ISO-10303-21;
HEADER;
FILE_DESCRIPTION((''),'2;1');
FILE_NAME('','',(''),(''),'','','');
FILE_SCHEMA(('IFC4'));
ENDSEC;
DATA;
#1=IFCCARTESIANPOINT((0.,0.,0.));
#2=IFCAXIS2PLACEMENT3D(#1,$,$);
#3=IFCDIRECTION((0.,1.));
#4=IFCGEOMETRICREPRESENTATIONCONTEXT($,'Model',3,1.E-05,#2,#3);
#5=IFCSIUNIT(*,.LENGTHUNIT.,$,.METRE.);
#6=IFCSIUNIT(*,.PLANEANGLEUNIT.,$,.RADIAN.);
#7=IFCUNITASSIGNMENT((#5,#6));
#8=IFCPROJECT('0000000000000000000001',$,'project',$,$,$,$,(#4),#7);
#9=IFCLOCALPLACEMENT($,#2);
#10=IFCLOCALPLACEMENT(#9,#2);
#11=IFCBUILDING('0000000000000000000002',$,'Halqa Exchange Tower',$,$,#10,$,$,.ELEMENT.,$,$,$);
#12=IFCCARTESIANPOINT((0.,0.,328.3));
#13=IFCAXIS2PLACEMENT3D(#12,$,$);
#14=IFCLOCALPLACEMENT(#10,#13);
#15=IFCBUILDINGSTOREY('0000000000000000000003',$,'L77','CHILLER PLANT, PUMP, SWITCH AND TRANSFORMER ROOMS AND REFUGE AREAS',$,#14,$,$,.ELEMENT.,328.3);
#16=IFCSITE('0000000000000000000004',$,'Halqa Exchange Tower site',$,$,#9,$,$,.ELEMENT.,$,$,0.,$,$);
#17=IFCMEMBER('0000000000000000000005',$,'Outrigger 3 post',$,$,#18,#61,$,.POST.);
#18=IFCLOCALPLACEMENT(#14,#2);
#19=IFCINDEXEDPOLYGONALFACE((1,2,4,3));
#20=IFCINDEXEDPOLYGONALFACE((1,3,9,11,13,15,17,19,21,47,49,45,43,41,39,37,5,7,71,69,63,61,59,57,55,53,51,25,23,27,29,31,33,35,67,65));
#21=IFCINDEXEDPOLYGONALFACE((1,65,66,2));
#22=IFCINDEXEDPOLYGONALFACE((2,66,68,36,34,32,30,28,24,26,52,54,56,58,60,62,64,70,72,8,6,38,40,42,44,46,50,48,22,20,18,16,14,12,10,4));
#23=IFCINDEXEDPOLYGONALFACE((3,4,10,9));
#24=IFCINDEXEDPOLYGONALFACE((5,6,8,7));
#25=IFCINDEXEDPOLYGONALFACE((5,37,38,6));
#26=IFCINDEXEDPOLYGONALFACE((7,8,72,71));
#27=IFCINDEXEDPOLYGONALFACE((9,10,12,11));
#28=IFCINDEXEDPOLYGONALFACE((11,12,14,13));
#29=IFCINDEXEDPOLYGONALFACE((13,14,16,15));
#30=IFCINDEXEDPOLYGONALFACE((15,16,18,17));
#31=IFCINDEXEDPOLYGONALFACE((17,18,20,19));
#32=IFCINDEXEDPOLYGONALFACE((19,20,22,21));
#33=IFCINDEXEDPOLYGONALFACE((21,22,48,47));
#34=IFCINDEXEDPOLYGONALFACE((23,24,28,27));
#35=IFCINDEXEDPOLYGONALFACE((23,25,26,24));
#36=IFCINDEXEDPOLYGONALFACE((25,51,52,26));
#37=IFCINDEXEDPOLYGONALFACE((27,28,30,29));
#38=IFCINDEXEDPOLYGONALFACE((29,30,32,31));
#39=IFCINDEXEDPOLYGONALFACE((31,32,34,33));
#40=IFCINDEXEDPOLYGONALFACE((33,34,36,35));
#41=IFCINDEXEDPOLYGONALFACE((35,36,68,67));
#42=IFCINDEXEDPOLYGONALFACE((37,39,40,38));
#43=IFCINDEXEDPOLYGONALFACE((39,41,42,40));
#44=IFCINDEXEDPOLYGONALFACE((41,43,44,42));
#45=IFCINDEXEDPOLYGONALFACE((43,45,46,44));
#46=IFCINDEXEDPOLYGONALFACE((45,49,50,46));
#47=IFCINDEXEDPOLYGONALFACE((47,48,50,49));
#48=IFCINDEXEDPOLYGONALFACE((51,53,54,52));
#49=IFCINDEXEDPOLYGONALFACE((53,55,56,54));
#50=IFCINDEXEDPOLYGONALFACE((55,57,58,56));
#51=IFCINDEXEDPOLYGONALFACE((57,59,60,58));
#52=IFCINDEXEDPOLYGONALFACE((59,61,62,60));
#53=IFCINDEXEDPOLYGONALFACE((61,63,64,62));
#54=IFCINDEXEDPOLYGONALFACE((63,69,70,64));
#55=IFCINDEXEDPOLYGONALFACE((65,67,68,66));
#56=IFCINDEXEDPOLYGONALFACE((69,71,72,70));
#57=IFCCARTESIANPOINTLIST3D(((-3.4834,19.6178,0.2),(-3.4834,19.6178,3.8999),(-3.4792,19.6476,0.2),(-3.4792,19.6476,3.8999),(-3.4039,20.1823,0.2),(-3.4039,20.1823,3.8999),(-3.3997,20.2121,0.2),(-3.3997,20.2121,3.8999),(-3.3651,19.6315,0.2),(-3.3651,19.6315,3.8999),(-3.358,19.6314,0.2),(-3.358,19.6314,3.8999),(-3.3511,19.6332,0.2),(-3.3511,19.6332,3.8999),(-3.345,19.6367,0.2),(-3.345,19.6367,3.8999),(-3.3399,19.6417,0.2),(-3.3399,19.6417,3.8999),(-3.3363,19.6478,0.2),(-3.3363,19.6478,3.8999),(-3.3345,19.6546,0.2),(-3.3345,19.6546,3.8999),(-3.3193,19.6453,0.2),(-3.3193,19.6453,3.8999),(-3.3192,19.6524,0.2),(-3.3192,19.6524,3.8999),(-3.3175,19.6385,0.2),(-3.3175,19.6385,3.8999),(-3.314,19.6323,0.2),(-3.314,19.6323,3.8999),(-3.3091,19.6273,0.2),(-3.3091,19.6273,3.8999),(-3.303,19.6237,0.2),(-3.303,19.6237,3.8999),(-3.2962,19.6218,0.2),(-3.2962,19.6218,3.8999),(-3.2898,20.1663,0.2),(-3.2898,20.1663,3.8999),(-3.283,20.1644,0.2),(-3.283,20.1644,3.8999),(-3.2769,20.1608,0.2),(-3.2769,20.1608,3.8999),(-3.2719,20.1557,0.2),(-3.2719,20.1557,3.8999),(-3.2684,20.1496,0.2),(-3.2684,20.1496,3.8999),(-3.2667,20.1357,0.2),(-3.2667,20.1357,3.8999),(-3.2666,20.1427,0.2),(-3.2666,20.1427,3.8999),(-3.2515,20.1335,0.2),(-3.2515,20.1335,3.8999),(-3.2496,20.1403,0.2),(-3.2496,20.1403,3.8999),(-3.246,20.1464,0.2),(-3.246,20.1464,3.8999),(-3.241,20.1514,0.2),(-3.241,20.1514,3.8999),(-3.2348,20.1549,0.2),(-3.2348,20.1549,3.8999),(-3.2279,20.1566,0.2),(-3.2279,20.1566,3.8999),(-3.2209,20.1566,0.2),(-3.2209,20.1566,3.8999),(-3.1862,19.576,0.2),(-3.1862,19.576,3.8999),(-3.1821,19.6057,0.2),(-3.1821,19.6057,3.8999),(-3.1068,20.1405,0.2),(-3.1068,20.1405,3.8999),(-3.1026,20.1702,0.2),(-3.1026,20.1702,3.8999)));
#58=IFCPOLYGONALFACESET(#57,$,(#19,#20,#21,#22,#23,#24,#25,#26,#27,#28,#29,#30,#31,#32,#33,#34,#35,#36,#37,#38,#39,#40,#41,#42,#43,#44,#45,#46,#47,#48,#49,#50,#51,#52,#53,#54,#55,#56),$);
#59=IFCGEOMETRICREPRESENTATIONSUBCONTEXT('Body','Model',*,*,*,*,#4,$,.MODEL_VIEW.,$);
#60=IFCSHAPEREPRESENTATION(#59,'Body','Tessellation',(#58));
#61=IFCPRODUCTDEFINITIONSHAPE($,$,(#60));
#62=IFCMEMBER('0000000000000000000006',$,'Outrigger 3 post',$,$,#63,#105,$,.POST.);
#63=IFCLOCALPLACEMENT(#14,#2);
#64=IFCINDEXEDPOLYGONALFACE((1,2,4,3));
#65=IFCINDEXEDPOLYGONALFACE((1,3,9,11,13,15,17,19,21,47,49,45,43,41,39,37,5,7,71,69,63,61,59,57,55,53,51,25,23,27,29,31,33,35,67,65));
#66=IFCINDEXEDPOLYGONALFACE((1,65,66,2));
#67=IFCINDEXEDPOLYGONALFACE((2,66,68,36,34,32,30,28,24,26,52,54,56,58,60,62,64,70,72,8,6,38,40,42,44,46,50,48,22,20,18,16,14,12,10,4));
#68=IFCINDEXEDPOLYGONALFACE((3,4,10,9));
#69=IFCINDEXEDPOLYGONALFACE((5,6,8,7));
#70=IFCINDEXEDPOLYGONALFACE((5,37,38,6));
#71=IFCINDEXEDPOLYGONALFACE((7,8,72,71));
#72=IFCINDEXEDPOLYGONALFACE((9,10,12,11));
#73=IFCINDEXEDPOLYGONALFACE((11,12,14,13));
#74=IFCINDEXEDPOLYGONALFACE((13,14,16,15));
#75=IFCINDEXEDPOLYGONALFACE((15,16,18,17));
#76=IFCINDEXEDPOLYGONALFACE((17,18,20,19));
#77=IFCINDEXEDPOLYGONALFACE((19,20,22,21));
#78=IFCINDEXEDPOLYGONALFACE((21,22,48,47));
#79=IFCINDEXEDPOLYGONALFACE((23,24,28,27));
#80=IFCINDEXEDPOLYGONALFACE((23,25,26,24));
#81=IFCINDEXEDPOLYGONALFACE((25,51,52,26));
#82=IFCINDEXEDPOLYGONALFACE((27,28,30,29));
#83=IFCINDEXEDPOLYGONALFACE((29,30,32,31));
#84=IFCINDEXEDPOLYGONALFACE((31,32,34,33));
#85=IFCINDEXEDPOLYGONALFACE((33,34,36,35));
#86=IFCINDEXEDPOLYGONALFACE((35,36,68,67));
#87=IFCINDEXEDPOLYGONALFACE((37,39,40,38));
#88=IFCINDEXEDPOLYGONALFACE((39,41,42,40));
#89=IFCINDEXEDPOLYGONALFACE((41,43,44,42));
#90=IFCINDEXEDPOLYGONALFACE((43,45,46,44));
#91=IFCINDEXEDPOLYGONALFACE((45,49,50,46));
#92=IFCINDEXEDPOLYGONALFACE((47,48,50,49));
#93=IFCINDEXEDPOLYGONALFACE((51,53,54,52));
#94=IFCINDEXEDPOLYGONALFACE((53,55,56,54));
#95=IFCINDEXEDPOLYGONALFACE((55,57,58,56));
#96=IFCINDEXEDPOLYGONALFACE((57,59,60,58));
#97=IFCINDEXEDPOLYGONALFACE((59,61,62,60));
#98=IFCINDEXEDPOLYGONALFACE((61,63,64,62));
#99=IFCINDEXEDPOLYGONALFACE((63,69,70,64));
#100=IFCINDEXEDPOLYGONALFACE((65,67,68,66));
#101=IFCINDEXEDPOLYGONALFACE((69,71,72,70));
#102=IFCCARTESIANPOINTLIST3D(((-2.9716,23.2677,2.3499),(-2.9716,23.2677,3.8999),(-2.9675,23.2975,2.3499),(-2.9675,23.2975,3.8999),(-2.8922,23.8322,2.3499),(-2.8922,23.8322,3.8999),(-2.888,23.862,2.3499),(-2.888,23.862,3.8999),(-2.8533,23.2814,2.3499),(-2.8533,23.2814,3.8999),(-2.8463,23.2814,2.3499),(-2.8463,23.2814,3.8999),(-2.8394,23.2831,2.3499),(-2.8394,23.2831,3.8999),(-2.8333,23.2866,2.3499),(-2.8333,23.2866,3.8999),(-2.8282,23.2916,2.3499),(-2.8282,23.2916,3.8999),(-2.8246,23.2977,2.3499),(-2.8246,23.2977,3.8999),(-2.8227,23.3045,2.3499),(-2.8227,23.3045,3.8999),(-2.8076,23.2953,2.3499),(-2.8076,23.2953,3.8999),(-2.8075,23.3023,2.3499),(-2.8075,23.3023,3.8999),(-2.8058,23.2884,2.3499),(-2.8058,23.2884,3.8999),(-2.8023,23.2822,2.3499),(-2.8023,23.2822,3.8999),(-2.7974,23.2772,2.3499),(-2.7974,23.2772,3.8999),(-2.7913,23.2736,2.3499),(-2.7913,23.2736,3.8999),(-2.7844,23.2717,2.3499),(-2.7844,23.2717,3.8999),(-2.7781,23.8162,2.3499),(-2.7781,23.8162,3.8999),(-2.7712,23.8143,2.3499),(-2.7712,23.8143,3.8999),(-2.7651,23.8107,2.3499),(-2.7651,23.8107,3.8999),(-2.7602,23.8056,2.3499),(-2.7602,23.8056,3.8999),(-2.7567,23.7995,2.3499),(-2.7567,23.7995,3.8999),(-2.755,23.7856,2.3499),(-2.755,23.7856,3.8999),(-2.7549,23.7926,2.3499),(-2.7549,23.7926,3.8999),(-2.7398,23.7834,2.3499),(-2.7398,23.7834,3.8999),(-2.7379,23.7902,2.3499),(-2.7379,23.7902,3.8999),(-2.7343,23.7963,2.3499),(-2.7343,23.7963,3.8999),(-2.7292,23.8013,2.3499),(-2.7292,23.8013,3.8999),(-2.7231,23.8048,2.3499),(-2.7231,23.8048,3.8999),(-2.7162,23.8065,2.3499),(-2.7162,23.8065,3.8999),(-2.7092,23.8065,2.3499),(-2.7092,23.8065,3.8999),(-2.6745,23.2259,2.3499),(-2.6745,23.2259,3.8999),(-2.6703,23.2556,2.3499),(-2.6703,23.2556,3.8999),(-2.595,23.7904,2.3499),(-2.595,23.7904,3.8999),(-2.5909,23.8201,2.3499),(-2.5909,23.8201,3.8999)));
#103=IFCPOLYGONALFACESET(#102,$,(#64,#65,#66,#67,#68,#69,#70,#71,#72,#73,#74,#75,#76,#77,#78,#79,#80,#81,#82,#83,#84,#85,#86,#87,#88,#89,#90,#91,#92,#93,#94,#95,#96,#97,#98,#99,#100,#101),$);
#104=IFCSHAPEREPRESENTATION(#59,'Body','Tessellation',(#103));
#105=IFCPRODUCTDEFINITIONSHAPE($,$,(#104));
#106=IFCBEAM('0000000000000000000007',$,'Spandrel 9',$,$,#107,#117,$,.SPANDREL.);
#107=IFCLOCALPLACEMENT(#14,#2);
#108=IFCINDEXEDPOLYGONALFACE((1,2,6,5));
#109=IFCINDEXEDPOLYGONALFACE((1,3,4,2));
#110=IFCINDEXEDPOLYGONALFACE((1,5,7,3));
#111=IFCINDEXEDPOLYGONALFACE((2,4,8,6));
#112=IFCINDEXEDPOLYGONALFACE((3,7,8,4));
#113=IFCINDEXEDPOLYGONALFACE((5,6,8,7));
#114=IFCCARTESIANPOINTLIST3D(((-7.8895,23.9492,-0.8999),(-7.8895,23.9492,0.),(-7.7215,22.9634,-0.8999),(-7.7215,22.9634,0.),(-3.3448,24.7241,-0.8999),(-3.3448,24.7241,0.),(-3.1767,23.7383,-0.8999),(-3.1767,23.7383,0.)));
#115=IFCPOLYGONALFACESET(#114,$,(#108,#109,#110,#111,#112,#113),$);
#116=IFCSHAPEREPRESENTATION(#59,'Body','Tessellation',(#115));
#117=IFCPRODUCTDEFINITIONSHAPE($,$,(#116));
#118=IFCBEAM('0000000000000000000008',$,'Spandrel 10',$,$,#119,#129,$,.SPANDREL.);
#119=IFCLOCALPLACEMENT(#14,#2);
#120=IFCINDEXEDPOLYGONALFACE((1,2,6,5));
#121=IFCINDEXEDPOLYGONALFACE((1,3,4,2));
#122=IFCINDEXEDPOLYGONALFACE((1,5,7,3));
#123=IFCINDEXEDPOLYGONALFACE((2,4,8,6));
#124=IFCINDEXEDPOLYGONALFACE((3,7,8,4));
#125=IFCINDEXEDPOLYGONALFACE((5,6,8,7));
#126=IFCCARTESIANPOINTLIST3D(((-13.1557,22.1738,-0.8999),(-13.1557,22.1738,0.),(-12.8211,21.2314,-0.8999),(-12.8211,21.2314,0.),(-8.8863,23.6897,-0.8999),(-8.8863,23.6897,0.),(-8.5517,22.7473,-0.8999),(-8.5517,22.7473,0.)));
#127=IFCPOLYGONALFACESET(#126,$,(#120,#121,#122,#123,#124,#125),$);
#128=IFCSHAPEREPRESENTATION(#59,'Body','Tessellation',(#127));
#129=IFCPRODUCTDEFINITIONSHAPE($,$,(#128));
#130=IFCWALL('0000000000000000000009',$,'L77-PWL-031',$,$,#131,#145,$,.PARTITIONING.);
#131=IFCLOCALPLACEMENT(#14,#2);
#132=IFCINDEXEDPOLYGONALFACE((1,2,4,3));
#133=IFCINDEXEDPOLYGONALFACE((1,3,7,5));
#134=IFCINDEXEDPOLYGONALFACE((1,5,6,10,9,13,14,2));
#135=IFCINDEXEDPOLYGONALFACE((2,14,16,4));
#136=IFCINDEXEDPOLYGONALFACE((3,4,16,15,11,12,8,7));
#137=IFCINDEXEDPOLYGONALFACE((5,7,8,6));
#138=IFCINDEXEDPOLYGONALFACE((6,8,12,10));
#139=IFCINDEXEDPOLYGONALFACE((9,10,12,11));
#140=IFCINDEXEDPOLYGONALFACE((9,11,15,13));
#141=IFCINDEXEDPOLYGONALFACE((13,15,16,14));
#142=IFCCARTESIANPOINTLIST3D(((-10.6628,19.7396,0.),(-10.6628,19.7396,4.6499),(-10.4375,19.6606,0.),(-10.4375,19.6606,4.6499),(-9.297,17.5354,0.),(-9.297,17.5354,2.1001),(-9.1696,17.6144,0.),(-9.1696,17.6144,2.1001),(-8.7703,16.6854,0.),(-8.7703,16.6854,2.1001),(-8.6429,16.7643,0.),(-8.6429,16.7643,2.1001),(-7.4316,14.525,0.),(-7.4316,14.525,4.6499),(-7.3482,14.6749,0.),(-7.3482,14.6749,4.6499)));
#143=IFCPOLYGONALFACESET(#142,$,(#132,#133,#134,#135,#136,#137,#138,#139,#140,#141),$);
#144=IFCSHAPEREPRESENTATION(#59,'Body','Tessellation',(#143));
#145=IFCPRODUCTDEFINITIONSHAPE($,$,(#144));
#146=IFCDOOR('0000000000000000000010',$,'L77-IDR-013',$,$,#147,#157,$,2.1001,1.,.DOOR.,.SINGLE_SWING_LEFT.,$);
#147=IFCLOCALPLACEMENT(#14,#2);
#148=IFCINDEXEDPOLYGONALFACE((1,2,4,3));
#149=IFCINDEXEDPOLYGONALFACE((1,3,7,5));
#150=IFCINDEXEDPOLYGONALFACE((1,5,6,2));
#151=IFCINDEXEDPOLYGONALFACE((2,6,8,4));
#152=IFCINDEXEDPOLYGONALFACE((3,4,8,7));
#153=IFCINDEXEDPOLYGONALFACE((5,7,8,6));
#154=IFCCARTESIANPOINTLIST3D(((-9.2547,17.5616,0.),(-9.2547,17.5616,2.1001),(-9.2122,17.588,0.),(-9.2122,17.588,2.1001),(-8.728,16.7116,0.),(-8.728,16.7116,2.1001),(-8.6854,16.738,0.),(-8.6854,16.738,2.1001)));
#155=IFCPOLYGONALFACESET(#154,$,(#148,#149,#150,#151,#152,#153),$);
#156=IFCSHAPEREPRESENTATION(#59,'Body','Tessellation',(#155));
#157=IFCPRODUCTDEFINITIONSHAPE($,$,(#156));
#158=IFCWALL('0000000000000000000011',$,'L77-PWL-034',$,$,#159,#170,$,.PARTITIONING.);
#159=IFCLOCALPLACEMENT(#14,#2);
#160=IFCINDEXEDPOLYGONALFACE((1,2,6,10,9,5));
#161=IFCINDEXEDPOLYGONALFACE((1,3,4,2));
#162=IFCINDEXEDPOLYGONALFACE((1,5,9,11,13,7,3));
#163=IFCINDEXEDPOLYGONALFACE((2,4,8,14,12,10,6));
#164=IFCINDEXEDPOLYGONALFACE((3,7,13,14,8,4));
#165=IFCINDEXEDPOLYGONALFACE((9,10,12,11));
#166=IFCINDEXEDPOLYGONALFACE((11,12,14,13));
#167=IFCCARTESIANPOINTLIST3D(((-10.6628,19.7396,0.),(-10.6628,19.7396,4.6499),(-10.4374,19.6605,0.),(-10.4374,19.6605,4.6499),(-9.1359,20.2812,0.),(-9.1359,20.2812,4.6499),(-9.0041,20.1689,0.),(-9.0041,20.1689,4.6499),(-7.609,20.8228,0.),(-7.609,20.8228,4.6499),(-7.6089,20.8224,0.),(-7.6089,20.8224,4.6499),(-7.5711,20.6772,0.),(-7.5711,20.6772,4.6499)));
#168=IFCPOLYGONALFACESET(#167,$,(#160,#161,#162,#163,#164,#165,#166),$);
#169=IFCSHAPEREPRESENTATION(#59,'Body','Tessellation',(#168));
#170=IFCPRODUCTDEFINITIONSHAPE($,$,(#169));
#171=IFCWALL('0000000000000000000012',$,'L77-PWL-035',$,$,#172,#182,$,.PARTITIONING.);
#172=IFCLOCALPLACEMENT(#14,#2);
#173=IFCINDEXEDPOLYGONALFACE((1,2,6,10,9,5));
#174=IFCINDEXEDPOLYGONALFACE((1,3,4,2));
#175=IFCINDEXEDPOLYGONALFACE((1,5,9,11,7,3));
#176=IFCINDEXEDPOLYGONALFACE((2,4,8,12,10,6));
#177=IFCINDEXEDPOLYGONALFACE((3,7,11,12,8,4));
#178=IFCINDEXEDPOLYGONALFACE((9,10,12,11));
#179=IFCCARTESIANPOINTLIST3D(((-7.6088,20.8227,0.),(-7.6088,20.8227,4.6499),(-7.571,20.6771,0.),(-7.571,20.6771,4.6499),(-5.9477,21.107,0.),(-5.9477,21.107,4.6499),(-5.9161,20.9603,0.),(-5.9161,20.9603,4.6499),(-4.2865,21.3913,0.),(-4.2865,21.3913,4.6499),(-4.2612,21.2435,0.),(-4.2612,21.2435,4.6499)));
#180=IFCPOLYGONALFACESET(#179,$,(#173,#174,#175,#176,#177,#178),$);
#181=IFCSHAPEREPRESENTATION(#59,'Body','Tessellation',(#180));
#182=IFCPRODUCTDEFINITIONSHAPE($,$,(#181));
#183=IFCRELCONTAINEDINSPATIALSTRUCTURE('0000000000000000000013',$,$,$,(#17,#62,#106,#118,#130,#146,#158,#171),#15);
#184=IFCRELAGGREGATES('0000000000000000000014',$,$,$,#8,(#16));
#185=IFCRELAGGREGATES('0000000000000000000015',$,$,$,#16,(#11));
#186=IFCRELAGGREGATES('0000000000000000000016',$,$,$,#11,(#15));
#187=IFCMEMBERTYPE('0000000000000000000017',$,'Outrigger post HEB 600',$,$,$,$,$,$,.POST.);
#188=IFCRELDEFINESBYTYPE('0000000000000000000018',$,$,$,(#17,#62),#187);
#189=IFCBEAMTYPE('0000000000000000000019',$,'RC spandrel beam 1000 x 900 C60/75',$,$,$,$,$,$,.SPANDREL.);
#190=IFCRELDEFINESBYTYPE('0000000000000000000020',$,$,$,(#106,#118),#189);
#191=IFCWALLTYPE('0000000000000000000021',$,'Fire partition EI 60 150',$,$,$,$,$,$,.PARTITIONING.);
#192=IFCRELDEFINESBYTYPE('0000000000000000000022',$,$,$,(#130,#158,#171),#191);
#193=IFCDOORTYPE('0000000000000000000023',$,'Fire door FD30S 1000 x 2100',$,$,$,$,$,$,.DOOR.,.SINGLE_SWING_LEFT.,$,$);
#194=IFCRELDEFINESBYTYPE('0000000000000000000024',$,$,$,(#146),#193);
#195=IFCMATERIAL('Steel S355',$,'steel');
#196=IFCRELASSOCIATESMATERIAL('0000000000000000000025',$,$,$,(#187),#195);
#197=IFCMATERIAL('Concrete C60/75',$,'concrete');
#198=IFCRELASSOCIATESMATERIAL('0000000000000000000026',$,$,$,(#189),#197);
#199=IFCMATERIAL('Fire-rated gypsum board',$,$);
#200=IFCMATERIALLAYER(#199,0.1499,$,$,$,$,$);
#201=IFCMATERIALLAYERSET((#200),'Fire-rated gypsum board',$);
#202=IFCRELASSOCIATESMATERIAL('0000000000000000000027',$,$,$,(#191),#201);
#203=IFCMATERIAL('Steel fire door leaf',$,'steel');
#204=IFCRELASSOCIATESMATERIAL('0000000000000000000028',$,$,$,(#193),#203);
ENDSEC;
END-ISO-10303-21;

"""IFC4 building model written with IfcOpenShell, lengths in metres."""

from ifc_helpers import new_model, si_unit, direction, frame, frame_2d, origin, origin_2d, place, context, subcontext, project, spatial, polyline, rectangle, i_section, outline, extrude, material, layer, layer_set, material_profile, profile_set, type_object, element, fill, save


model = new_model("IFC4")

# Units and contexts
model_context = context("Model", 3, precision=1e-05, world=origin(), true_north=direction((0.0, 1.0)))
body_context = subcontext(model_context, "Body", "Model", "MODEL_VIEW")
ifc_project = project(units=[si_unit("LENGTHUNIT", "METRE"), si_unit("PLANEANGLEUNIT", "RADIAN")], contexts=[model_context])

# Site, building, storey
site_placement = place(None, origin())
site = spatial("IfcSite", under=ifc_project, at=site_placement, Name="Halqa Exchange Tower site", CompositionType="ELEMENT", RefElevation=0.0)
building_placement = place(site_placement, origin())
building = spatial("IfcBuilding", under=site, at=building_placement, Name="Halqa Exchange Tower", CompositionType="ELEMENT")
storey_placement = place(building_placement, frame((0.0, 0.0, 328.3)))
storey = spatial("IfcBuildingStorey", under=building, at=storey_placement, Name="L77", Description="CHILLER PLANT, PUMP, SWITCH AND TRANSFORMER ROOMS AND REFUGE AREAS", CompositionType="ELEMENT", Elevation=328.3)

# Shared definitions
ifc_material_1 = material(Name="Steel S355", Category="steel")

# Members
ifc_material_profile_1 = material_profile(ifc_material_1, i_section(OverallWidth=0.3, OverallDepth=0.6001, WebThickness=0.0154, FlangeThickness=0.03, FilletRadius=0.0271, at=origin_2d()), Name="HEB 600")
ifc_profile_set_1 = profile_set([ifc_material_profile_1], Name="Steel S355")
member_type_1 = type_object("IfcMemberType", Name="Outrigger post HEB 600", PredefinedType="POST", material=ifc_profile_set_1)
member_1_placement = place(storey_placement, frame((-3.293, 19.894, 0.2), z_axis=(0.0, 0.0, 1.0), x_axis=(-0.990232, 0.139432, 0.0)))
element("IfcMember", 1, at=member_1_placement, inside=storey, type_object=member_type_1, Name="Outrigger 3 post", PredefinedType="POST", context=body_context, shape_type="SweptSolid", body=[
    extrude(i_section(OverallWidth=0.3, OverallDepth=0.6001, WebThickness=0.0154, FlangeThickness=0.03, FilletRadius=0.0271, at=origin_2d()), origin(), (0.0, 0.0, 1.0), 3.7),
])
member_2_placement = place(storey_placement, frame((-2.7812, 23.5439, 2.3499), z_axis=(0.0, 0.0, 1.0), x_axis=(-0.990232, 0.139432, 0.0)))
element("IfcMember", 2, at=member_2_placement, inside=storey, type_object=member_type_1, Name="Outrigger 3 post", PredefinedType="POST", context=body_context, shape_type="SweptSolid", body=[
    extrude(i_section(OverallWidth=0.3, OverallDepth=0.6001, WebThickness=0.0154, FlangeThickness=0.03, FilletRadius=0.0271, at=origin_2d()), origin(), (0.0, 0.0, 1.0), 1.55),
])

# Beams
ifc_material_2 = material(Name="Concrete C60/75", Category="concrete")
ifc_material_profile_2 = material_profile(ifc_material_2, rectangle(XDim=1.0, YDim=0.8999, at=origin_2d()), Name="1000 x 900")
ifc_profile_set_2 = profile_set([ifc_material_profile_2], Name="Concrete C60/75")
beam_type_1 = type_object("IfcBeamType", Name="RC spandrel beam 1000 x 900 C60/75", PredefinedType="SPANDREL", material=ifc_profile_set_2)
beam_1_placement = place(storey_placement, frame((-3.2607, 24.2312, -0.45), z_axis=(-0.985773, -0.168082, 0.0), x_axis=(0.168082, -0.985773, 0.0)))
element("IfcBeam", 3, at=beam_1_placement, inside=storey, type_object=beam_type_1, Name="Spandrel 9", PredefinedType="SPANDREL", context=body_context, shape_type="SweptSolid", body=[
    extrude(rectangle(XDim=1.0, YDim=0.8999, at=origin_2d()), origin(), (0.0, 0.0, 1.0), 4.6104),
])
beam_2_placement = place(storey_placement, frame((-8.719, 23.2185, -0.45), z_axis=(-0.942361, -0.334598, 0.0), x_axis=(0.334598, -0.942361, 0.0)))
element("IfcBeam", 4, at=beam_2_placement, inside=storey, type_object=beam_type_1, Name="Spandrel 10", PredefinedType="SPANDREL", context=body_context, shape_type="SweptSolid", body=[
    extrude(rectangle(XDim=1.0, YDim=0.8999, at=origin_2d()), origin(), (0.0, 0.0, 1.0), 4.5305),
])

# Wall, opening, door
ifc_material_3 = material(Name="Fire-rated gypsum board")
ifc_layer_1 = layer(ifc_material_3, 0.1499)
ifc_layer_set_1 = layer_set([ifc_layer_1], Name="Fire-rated gypsum board")
wall_type_1 = type_object("IfcWallType", Name="Fire partition EI 60 150", PredefinedType="PARTITIONING", material=ifc_layer_set_1)
wall_1_placement = place(storey_placement, frame((-10.5991, 19.7791, 0.0), z_axis=(0.0, 0.0, 1.0), x_axis=(0.526722, -0.850038, 0.0)))
wall_1 = element("IfcWall", 5, at=wall_1_placement, inside=storey, type_object=wall_type_1, Name="L77-PWL-031", PredefinedType="PARTITIONING", context=body_context, shape_type="SweptSolid", body=[
    extrude(outline(polyline([(0.0, -0.075), (1.5337, -0.075), (3.0671, -0.075), (4.6008, -0.075), (6.1345, -0.075), (6.051, 0.075), (4.0959, 0.075), (2.1409, 0.075), (0.1858, 0.075), (0.0, -0.075), (0.0, -0.075)])), origin(), (0.0, 0.0, 1.0), 4.6499),
])
opening_1_placement = place(wall_1_placement, frame((2.593, 0.0, 0.0)))
opening_1 = element("IfcOpeningElement", 6, at=opening_1_placement, cuts=wall_1, PredefinedType="OPENING", context=body_context, shape_type="SweptSolid", body=[
    extrude(rectangle(XDim=1.0, YDim=2.1001, at=frame_2d((0.5, 1.05))), frame((0.0, 0.0869, 0.0), z_axis=(0.0, -1.0, 0.0), x_axis=(1.0, 0.0, 0.0)), (0.0, 0.0, 1.0), 0.1738),
])
ifc_material_4 = material(Name="Steel fire door leaf", Category="steel")
door_type = type_object("IfcDoorType", Name="Fire door FD30S 1000 x 2100", OperationType="SINGLE_SWING_LEFT", PredefinedType="DOOR", material=ifc_material_4)
door_1_placement = place(opening_1_placement, origin())
door_1 = element("IfcDoor", 7, at=door_1_placement, inside=storey, type_object=door_type, Name="L77-IDR-013", OperationType="SINGLE_SWING_LEFT", OverallHeight=2.1001, OverallWidth=1.0, PredefinedType="DOOR", context=body_context, shape_type="SweptSolid", body=[
    extrude(rectangle(XDim=1.0, YDim=2.1001, at=frame_2d((0.5, 1.05))), frame((0.0, 0.0249, 0.0), z_axis=(0.0, -1.0, 0.0), x_axis=(1.0, 0.0, 0.0)), (0.0, 0.0, 1.0), 0.05),
])
fill(opening_1, door_1)

# Walls
wall_2_placement = place(storey_placement, frame((-7.584, 20.7522, 0.0), z_axis=(0.0, 0.0, 1.0), x_axis=(-0.942459, -0.334321, 0.0)))
element("IfcWall", 8, at=wall_2_placement, inside=storey, type_object=wall_type_1, Name="L77-PWL-034", PredefinedType="PARTITIONING", context=body_context, shape_type="SweptSolid", body=[
    extrude(outline(polyline([(0.0, -0.075), (1.6201, -0.075), (3.2402, -0.075), (3.0542, 0.075), (1.5334, 0.075), (0.0129, 0.075), (0.0, -0.0745), (0.0, -0.075)])), origin(), (0.0, 0.0, 1.0), 4.6499),
])
wall_3_placement = place(storey_placement, frame((-7.5964, 20.7488, 0.0), z_axis=(0.0, 0.0, 1.0), x_axis=(0.98567, 0.168684, 0.0)))
element("IfcWall", 9, at=wall_3_placement, inside=storey, type_object=wall_type_1, Name="L77-PWL-035", PredefinedType="PARTITIONING", context=body_context, shape_type="SweptSolid", body=[
    extrude(outline(polyline([(3.3708, 0.075), (1.6855, 0.075), (0.0002, 0.075), (0.0129, -0.075), (1.6919, -0.075), (3.3708, -0.075), (3.3708, 0.075)])), origin(), (0.0, 0.0, 1.0), 4.6499),
])

save(model, "model.ifc")
